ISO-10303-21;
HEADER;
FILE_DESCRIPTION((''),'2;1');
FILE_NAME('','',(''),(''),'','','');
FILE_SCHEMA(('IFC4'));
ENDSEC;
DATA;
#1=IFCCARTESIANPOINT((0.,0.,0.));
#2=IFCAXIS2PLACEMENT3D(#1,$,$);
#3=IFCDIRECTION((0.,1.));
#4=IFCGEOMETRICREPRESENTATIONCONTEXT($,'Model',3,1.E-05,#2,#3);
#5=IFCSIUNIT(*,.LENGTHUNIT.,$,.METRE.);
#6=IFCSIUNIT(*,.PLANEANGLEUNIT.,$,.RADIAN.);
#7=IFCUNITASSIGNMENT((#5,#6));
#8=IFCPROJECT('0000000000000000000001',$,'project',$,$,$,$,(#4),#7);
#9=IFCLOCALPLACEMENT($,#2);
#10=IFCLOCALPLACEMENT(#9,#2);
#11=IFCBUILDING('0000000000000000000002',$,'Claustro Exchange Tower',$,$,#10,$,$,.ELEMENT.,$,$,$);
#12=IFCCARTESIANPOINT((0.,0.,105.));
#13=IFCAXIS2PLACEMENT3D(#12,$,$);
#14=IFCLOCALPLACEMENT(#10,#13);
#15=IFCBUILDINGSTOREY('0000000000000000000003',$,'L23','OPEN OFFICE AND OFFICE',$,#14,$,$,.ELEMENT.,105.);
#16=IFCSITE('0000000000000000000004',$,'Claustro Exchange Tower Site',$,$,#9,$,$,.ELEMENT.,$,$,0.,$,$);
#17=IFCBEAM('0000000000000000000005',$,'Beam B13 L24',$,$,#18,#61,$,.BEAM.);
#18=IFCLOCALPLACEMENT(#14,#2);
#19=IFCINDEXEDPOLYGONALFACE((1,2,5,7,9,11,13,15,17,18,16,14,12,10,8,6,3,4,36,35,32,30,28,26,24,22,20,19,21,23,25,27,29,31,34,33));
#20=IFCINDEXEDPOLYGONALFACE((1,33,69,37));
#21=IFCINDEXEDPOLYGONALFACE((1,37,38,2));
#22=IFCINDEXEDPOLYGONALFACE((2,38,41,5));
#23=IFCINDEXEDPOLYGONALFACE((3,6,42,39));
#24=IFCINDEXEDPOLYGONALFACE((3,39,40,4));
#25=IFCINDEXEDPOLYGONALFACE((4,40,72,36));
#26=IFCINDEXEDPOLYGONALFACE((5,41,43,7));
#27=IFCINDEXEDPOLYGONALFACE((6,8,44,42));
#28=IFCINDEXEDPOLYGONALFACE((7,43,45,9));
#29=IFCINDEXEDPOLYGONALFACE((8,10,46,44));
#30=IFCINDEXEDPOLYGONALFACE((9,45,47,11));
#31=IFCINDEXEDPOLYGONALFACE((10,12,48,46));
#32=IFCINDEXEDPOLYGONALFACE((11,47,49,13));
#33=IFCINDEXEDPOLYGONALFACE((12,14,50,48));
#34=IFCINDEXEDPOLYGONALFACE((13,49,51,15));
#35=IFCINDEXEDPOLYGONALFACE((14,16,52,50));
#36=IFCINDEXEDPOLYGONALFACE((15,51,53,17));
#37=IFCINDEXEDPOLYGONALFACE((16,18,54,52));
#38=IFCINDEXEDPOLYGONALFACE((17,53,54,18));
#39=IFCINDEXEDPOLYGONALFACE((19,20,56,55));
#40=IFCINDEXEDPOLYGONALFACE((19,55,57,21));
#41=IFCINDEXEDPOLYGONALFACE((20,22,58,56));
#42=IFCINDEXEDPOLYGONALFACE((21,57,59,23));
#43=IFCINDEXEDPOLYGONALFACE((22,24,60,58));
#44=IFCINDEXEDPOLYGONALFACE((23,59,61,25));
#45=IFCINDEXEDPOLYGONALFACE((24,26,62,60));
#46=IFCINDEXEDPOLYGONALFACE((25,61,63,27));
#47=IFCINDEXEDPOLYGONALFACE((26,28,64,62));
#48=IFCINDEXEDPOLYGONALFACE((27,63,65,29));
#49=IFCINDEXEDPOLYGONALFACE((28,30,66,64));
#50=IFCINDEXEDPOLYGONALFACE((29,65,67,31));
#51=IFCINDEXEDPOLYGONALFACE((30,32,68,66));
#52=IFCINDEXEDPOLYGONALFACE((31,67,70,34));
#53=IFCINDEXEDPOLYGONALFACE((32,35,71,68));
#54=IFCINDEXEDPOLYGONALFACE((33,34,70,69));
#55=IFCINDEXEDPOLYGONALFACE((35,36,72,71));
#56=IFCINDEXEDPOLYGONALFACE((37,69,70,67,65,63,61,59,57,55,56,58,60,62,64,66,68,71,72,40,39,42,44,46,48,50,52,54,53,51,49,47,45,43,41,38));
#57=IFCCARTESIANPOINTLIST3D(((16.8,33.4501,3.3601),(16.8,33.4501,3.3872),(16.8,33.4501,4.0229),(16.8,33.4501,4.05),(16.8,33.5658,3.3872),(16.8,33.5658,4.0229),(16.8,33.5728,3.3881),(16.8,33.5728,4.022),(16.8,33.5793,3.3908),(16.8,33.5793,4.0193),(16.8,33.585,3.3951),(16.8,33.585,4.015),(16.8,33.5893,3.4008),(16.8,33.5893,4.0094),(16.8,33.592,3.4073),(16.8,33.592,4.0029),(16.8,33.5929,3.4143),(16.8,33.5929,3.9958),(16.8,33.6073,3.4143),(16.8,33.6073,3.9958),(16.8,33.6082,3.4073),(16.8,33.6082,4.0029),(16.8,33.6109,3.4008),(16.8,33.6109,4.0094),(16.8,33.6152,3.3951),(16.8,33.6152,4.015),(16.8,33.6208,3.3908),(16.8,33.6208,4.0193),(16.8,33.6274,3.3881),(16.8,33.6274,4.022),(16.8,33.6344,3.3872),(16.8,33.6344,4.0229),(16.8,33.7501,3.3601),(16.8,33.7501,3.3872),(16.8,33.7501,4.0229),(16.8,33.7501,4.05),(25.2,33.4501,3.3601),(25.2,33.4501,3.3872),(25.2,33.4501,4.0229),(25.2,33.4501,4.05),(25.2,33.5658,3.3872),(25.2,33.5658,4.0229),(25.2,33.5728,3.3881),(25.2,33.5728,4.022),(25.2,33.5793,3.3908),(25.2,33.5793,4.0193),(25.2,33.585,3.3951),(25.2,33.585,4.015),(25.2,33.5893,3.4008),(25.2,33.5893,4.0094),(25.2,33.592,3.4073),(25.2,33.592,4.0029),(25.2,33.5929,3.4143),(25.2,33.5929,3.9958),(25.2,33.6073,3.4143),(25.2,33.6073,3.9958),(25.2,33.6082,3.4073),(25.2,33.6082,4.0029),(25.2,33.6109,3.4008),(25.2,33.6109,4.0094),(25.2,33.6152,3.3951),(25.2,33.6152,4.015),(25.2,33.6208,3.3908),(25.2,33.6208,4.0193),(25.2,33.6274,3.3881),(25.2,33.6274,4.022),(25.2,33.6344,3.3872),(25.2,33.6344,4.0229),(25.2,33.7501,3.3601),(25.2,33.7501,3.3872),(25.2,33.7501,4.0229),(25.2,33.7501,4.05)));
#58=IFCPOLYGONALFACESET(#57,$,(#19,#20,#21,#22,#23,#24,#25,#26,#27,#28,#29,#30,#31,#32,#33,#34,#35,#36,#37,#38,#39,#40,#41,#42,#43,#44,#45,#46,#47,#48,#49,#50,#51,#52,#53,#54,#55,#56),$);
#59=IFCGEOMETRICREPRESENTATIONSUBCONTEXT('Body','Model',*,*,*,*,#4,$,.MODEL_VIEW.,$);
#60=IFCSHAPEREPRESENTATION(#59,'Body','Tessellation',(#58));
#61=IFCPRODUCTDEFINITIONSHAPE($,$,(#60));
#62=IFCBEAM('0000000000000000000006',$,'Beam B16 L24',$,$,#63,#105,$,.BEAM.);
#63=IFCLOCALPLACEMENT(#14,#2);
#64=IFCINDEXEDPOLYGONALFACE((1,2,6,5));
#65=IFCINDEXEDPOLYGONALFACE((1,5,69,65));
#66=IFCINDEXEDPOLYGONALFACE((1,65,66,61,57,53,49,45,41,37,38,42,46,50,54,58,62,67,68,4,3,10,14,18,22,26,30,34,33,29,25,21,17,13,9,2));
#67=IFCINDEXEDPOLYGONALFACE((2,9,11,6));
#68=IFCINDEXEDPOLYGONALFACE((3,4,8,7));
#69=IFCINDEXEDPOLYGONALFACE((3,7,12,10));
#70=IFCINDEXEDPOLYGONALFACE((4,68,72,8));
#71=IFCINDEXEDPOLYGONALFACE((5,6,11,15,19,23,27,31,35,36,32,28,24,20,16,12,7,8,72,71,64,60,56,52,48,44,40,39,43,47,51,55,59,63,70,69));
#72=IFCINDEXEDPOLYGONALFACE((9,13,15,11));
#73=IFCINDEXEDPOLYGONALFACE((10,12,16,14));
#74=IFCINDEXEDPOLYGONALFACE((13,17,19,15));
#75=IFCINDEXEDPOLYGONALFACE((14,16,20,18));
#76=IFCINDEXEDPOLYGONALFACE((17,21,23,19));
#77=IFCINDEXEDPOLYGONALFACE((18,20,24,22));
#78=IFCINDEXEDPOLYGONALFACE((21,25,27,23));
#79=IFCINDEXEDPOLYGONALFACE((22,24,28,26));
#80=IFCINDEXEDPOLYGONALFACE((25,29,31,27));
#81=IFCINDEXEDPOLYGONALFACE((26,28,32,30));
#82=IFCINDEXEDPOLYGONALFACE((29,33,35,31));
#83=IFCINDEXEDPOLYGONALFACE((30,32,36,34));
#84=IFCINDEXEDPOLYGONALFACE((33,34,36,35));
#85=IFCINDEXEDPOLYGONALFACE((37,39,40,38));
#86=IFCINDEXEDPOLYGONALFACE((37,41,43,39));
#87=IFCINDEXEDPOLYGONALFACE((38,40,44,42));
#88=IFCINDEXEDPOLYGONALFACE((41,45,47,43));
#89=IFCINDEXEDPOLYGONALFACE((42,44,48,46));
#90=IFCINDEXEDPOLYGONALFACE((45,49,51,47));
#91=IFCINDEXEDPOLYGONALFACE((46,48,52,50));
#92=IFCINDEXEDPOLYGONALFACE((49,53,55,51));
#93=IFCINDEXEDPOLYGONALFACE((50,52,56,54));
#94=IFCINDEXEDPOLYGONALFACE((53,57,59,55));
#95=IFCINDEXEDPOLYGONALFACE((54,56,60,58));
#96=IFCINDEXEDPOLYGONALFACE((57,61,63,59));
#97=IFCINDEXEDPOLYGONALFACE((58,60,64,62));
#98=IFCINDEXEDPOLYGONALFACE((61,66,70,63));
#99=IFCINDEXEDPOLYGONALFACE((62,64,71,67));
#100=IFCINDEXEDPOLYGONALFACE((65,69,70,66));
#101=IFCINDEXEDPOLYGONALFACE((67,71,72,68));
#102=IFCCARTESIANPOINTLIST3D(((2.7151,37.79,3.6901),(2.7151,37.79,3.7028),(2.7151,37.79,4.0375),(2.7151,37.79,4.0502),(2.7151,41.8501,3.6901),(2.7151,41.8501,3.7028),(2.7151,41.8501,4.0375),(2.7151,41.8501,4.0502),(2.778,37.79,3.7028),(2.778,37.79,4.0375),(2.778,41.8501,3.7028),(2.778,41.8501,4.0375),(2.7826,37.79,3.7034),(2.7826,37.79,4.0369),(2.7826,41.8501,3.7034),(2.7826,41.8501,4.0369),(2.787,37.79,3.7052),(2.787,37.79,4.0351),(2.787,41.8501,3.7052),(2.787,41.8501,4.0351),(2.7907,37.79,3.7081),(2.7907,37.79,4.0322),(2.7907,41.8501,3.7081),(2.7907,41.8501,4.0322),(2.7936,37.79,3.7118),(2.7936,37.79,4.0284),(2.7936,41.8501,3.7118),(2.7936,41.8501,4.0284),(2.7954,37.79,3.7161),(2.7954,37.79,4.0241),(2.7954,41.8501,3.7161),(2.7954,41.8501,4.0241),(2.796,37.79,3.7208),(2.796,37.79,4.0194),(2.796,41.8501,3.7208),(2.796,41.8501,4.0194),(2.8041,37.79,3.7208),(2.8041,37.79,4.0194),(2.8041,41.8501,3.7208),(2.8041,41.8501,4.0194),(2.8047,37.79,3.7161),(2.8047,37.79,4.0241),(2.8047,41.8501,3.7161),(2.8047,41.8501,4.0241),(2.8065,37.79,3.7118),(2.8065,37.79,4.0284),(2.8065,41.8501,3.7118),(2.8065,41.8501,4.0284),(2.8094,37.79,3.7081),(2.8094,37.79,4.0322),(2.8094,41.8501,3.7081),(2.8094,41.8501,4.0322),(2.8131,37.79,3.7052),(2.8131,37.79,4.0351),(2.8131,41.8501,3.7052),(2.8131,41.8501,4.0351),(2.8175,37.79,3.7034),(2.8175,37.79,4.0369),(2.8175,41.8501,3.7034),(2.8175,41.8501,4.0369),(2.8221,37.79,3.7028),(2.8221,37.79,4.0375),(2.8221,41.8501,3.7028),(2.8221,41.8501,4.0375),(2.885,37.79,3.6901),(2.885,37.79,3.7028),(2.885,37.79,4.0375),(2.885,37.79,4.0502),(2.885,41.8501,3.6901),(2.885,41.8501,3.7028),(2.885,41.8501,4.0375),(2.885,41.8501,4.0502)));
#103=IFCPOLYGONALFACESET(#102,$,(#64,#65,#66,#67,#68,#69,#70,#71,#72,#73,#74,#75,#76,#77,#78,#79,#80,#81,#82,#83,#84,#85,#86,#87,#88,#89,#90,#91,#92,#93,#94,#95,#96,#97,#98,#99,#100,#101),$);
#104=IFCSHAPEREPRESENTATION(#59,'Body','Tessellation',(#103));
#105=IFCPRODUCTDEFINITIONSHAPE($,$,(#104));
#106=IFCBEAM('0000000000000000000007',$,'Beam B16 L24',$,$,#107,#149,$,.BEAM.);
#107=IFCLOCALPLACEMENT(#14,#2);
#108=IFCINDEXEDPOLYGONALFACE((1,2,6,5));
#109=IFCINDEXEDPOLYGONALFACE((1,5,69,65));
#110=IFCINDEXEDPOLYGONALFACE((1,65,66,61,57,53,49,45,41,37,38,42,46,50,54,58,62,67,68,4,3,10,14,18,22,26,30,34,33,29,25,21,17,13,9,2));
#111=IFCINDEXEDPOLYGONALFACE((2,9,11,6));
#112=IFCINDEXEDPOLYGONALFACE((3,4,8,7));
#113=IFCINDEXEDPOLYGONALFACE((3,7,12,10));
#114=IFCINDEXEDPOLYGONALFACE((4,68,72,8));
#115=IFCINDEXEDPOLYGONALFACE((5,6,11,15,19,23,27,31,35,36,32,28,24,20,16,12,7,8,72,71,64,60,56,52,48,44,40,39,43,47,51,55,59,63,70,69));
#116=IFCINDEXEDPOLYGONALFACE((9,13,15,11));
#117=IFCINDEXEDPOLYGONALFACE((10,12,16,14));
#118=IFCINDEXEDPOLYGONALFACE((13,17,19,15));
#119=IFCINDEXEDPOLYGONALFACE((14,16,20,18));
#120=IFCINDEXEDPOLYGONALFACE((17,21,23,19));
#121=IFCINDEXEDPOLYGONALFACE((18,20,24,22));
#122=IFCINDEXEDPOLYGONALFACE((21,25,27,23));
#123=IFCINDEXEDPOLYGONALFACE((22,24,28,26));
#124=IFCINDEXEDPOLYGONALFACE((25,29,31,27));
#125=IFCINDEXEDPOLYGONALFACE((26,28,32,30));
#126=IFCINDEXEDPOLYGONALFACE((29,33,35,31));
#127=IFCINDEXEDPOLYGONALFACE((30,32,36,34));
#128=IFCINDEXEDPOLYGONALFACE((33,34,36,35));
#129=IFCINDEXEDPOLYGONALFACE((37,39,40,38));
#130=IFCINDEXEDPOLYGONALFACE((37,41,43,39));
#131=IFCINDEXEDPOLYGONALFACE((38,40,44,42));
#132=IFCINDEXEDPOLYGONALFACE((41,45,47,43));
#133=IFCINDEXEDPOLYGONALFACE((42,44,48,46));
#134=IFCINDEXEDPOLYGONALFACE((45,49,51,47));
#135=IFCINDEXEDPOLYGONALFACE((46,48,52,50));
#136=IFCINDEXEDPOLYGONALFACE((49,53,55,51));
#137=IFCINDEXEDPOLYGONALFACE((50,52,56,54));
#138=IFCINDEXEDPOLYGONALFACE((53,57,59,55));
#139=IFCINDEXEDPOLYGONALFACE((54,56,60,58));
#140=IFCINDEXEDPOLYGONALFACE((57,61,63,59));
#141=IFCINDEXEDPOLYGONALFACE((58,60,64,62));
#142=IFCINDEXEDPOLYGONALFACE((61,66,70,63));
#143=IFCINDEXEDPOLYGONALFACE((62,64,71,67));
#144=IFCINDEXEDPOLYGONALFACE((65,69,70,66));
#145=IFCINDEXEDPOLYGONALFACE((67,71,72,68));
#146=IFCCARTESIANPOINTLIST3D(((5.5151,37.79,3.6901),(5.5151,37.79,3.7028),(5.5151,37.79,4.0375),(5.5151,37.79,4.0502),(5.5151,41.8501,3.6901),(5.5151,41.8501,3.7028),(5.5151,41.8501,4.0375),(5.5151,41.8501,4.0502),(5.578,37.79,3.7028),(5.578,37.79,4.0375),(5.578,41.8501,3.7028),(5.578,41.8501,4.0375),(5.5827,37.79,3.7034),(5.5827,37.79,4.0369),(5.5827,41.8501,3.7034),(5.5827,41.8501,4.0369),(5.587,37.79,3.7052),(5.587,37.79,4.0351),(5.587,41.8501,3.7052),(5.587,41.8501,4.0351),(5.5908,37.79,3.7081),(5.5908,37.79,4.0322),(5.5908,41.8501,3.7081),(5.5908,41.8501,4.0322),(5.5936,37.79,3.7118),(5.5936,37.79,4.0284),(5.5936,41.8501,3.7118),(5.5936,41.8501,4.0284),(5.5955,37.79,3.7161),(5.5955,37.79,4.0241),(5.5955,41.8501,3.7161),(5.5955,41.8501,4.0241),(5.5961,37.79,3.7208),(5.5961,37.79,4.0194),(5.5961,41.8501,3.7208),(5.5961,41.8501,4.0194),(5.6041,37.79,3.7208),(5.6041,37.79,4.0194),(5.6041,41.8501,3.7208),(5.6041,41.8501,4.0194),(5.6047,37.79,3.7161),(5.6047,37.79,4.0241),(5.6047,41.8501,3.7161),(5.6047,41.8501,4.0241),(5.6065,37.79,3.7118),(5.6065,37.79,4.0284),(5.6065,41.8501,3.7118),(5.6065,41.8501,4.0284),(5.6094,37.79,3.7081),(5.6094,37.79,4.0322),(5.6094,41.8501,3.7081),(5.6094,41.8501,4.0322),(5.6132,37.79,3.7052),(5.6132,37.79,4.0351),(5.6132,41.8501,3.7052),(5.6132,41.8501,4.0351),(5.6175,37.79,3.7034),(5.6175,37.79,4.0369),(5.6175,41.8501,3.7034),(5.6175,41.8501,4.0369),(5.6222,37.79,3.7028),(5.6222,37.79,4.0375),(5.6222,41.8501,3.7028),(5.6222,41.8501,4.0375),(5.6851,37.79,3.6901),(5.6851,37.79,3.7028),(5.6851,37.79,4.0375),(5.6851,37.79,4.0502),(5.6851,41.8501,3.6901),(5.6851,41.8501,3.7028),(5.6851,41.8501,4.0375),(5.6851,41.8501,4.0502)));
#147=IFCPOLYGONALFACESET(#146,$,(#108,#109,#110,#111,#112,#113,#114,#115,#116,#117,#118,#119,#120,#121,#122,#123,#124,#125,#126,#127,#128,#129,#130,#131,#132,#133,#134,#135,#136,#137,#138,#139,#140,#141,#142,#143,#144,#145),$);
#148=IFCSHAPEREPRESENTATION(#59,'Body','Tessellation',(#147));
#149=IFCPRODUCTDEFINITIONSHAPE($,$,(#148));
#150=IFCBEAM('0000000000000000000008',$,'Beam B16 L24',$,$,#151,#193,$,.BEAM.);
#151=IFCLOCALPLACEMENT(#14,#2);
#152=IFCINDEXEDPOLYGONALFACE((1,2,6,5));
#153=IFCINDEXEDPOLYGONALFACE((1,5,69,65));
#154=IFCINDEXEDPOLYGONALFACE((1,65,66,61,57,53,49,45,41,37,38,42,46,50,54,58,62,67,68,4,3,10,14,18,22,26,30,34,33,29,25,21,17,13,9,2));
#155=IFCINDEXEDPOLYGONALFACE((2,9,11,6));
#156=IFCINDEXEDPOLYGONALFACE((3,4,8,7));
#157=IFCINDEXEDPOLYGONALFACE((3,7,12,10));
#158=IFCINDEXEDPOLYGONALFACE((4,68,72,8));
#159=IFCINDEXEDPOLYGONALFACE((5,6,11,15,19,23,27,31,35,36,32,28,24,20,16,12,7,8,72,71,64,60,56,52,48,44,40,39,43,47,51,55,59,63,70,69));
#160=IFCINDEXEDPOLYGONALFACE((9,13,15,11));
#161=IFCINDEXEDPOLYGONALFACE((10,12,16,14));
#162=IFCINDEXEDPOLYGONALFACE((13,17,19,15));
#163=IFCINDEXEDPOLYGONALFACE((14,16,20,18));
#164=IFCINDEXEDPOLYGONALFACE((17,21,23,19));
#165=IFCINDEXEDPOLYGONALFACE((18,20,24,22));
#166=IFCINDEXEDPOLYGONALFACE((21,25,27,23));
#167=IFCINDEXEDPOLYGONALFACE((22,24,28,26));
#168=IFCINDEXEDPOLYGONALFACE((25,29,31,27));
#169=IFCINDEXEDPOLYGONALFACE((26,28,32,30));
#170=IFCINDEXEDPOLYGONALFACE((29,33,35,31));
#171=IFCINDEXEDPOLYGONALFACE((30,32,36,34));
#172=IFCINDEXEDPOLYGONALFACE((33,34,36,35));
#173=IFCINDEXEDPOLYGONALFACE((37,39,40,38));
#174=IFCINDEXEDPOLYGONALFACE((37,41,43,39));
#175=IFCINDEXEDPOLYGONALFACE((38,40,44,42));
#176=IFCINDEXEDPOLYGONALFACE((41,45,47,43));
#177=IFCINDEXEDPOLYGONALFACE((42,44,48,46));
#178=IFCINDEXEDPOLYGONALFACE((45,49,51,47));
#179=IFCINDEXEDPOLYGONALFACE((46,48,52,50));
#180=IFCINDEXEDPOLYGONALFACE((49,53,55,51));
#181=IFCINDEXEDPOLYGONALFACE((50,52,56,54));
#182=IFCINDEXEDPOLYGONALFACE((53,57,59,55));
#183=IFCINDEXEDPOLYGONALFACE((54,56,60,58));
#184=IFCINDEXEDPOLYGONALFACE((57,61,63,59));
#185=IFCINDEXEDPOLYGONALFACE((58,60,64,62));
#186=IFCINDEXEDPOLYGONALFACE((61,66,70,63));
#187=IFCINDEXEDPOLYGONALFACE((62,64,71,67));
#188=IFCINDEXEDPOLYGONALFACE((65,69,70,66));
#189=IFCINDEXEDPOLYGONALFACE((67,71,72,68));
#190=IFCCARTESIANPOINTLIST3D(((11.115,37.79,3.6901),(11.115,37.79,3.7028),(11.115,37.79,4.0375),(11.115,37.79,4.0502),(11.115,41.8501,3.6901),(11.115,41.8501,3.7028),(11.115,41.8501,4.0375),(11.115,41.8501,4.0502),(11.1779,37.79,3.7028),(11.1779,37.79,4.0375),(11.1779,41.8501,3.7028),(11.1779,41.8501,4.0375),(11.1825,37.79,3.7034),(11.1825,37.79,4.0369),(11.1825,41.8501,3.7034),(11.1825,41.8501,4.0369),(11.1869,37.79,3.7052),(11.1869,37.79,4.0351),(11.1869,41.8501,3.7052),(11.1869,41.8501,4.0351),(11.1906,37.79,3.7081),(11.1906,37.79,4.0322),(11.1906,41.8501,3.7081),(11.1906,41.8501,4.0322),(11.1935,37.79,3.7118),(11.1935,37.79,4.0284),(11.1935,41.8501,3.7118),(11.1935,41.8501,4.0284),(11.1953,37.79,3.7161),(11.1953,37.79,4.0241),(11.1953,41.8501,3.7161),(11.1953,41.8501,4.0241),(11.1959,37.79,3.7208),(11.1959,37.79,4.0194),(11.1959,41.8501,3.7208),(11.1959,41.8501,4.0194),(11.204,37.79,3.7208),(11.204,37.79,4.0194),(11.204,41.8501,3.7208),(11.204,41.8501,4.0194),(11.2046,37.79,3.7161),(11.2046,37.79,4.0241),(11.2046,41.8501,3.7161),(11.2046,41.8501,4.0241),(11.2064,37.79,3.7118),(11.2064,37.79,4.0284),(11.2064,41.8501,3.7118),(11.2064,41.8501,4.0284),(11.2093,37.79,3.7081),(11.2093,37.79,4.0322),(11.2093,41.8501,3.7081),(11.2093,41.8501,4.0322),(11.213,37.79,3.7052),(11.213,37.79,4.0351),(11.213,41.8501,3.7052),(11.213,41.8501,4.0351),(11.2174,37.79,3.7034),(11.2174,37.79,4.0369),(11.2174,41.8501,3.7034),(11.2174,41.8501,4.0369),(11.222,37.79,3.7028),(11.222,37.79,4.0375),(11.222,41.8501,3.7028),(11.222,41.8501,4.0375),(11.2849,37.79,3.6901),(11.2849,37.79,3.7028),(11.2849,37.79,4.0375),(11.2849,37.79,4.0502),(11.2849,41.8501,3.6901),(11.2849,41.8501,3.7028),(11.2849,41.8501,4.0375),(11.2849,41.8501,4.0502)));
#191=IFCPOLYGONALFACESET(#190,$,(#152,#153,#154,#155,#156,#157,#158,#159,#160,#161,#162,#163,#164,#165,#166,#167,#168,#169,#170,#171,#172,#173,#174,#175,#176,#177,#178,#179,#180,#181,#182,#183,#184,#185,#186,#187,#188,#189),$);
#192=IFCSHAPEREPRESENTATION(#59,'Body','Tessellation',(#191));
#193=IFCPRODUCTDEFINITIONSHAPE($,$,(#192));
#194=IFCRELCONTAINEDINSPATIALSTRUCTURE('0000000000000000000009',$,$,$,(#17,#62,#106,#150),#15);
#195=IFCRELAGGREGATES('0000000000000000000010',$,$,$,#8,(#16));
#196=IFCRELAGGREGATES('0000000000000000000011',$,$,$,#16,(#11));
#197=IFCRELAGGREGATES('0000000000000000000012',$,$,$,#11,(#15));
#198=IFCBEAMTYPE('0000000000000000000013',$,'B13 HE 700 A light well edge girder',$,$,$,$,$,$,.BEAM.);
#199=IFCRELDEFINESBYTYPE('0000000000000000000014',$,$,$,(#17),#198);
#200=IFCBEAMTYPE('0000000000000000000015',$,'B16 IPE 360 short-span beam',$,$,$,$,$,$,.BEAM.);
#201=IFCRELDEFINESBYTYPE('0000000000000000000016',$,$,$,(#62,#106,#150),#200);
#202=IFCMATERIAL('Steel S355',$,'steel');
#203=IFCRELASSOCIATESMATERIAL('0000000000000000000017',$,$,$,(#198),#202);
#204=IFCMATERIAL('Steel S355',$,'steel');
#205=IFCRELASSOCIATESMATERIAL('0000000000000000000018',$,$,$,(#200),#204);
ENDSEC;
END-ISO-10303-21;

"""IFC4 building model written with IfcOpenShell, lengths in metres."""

from ifc_helpers import new_model, si_unit, direction, frame, origin, origin_2d, place, context, subcontext, project, spatial, i_section, extrude, material, material_profile, profile_set, type_object, element, save


model = new_model("IFC4")

# Units and contexts
model_context = context("Model", 3, precision=1e-05, world=origin(), true_north=direction((0.0, 1.0)))
body_context = subcontext(model_context, "Body", "Model", "MODEL_VIEW")
ifc_project = project(units=[si_unit("LENGTHUNIT", "METRE"), si_unit("PLANEANGLEUNIT", "RADIAN")], contexts=[model_context])

# Site, building, storey
site_placement = place(None, origin())
site = spatial("IfcSite", under=ifc_project, at=site_placement, Name="Claustro Exchange Tower Site", CompositionType="ELEMENT", RefElevation=0.0)
building_placement = place(site_placement, origin())
building = spatial("IfcBuilding", under=site, at=building_placement, Name="Claustro Exchange Tower", CompositionType="ELEMENT")
storey_placement = place(building_placement, frame((0.0, 0.0, 105.0)))
storey = spatial("IfcBuildingStorey", under=building, at=storey_placement, Name="L23", Description="OPEN OFFICE AND OFFICE", CompositionType="ELEMENT", Elevation=105.0)

# Beams
ifc_material_1 = material(Name="Steel S355", Category="steel")
ifc_material_profile_1 = material_profile(ifc_material_1, i_section(OverallWidth=0.3, OverallDepth=0.6899, WebThickness=0.0144, FlangeThickness=0.0271, FilletRadius=0.0271, at=origin_2d()), Name="HE 700 A")
ifc_profile_set_1 = profile_set([ifc_material_profile_1], Name="Steel S355")
beam_type_1 = type_object("IfcBeamType", Name="B13 HE 700 A light well edge girder", PredefinedType="BEAM", material=ifc_profile_set_1)
beam_placement = place(storey_placement, frame((16.8, 33.6001, 3.7051), z_axis=(1.0, 0.0, 0.0), x_axis=(0.0, 1.0, 0.0)))
element("IfcBeam", 1, at=beam_placement, inside=storey, type_object=beam_type_1, Name="Beam B13 L24", PredefinedType="BEAM", context=body_context, shape_type="SweptSolid", body=[
    extrude(i_section(OverallWidth=0.3, OverallDepth=0.6899, WebThickness=0.0144, FlangeThickness=0.0271, FilletRadius=0.0271, at=origin_2d()), origin(), (0.0, 0.0, 1.0), 8.3999),
])
ifc_material_2 = material(Name="Steel S355", Category="steel")
ifc_material_profile_2 = material_profile(ifc_material_2, i_section(OverallWidth=0.1699, OverallDepth=0.3601, WebThickness=0.0081, FlangeThickness=0.0127, FilletRadius=0.0181, at=origin_2d()), Name="IPE 360")
ifc_profile_set_2 = profile_set([ifc_material_profile_2], Name="Steel S355")
beam_type_2 = type_object("IfcBeamType", Name="B16 IPE 360 short-span beam", PredefinedType="BEAM", material=ifc_profile_set_2)
for number, where, z_axis, x_axis, name in (
    (2, (2.8, 37.79, 3.8701), (0.0, 1.0, 0.0), (-1.0, 0.0, 0.0), "Beam B16 L24"),
    (3, (5.6001, 37.79, 3.8701), (0.0, 1.0, 0.0), (-1.0, 0.0, 0.0), "Beam B16 L24"),
    (4, (11.2, 37.79, 3.8701), (0.0, 1.0, 0.0), (-1.0, 0.0, 0.0), "Beam B16 L24"),
):
    element("IfcBeam", number, at=place(storey_placement, frame(where, z_axis=z_axis, x_axis=x_axis)), inside=storey, type_object=beam_type_2, Name=name, PredefinedType="BEAM", context=body_context, shape_type="SweptSolid", body=[
        extrude(i_section(OverallWidth=0.1699, OverallDepth=0.3601, WebThickness=0.0081, FlangeThickness=0.0127, FilletRadius=0.0181, at=origin_2d()), origin(), (0.0, 0.0, 1.0), 4.0601),
    ])

save(model, "model.ifc")
